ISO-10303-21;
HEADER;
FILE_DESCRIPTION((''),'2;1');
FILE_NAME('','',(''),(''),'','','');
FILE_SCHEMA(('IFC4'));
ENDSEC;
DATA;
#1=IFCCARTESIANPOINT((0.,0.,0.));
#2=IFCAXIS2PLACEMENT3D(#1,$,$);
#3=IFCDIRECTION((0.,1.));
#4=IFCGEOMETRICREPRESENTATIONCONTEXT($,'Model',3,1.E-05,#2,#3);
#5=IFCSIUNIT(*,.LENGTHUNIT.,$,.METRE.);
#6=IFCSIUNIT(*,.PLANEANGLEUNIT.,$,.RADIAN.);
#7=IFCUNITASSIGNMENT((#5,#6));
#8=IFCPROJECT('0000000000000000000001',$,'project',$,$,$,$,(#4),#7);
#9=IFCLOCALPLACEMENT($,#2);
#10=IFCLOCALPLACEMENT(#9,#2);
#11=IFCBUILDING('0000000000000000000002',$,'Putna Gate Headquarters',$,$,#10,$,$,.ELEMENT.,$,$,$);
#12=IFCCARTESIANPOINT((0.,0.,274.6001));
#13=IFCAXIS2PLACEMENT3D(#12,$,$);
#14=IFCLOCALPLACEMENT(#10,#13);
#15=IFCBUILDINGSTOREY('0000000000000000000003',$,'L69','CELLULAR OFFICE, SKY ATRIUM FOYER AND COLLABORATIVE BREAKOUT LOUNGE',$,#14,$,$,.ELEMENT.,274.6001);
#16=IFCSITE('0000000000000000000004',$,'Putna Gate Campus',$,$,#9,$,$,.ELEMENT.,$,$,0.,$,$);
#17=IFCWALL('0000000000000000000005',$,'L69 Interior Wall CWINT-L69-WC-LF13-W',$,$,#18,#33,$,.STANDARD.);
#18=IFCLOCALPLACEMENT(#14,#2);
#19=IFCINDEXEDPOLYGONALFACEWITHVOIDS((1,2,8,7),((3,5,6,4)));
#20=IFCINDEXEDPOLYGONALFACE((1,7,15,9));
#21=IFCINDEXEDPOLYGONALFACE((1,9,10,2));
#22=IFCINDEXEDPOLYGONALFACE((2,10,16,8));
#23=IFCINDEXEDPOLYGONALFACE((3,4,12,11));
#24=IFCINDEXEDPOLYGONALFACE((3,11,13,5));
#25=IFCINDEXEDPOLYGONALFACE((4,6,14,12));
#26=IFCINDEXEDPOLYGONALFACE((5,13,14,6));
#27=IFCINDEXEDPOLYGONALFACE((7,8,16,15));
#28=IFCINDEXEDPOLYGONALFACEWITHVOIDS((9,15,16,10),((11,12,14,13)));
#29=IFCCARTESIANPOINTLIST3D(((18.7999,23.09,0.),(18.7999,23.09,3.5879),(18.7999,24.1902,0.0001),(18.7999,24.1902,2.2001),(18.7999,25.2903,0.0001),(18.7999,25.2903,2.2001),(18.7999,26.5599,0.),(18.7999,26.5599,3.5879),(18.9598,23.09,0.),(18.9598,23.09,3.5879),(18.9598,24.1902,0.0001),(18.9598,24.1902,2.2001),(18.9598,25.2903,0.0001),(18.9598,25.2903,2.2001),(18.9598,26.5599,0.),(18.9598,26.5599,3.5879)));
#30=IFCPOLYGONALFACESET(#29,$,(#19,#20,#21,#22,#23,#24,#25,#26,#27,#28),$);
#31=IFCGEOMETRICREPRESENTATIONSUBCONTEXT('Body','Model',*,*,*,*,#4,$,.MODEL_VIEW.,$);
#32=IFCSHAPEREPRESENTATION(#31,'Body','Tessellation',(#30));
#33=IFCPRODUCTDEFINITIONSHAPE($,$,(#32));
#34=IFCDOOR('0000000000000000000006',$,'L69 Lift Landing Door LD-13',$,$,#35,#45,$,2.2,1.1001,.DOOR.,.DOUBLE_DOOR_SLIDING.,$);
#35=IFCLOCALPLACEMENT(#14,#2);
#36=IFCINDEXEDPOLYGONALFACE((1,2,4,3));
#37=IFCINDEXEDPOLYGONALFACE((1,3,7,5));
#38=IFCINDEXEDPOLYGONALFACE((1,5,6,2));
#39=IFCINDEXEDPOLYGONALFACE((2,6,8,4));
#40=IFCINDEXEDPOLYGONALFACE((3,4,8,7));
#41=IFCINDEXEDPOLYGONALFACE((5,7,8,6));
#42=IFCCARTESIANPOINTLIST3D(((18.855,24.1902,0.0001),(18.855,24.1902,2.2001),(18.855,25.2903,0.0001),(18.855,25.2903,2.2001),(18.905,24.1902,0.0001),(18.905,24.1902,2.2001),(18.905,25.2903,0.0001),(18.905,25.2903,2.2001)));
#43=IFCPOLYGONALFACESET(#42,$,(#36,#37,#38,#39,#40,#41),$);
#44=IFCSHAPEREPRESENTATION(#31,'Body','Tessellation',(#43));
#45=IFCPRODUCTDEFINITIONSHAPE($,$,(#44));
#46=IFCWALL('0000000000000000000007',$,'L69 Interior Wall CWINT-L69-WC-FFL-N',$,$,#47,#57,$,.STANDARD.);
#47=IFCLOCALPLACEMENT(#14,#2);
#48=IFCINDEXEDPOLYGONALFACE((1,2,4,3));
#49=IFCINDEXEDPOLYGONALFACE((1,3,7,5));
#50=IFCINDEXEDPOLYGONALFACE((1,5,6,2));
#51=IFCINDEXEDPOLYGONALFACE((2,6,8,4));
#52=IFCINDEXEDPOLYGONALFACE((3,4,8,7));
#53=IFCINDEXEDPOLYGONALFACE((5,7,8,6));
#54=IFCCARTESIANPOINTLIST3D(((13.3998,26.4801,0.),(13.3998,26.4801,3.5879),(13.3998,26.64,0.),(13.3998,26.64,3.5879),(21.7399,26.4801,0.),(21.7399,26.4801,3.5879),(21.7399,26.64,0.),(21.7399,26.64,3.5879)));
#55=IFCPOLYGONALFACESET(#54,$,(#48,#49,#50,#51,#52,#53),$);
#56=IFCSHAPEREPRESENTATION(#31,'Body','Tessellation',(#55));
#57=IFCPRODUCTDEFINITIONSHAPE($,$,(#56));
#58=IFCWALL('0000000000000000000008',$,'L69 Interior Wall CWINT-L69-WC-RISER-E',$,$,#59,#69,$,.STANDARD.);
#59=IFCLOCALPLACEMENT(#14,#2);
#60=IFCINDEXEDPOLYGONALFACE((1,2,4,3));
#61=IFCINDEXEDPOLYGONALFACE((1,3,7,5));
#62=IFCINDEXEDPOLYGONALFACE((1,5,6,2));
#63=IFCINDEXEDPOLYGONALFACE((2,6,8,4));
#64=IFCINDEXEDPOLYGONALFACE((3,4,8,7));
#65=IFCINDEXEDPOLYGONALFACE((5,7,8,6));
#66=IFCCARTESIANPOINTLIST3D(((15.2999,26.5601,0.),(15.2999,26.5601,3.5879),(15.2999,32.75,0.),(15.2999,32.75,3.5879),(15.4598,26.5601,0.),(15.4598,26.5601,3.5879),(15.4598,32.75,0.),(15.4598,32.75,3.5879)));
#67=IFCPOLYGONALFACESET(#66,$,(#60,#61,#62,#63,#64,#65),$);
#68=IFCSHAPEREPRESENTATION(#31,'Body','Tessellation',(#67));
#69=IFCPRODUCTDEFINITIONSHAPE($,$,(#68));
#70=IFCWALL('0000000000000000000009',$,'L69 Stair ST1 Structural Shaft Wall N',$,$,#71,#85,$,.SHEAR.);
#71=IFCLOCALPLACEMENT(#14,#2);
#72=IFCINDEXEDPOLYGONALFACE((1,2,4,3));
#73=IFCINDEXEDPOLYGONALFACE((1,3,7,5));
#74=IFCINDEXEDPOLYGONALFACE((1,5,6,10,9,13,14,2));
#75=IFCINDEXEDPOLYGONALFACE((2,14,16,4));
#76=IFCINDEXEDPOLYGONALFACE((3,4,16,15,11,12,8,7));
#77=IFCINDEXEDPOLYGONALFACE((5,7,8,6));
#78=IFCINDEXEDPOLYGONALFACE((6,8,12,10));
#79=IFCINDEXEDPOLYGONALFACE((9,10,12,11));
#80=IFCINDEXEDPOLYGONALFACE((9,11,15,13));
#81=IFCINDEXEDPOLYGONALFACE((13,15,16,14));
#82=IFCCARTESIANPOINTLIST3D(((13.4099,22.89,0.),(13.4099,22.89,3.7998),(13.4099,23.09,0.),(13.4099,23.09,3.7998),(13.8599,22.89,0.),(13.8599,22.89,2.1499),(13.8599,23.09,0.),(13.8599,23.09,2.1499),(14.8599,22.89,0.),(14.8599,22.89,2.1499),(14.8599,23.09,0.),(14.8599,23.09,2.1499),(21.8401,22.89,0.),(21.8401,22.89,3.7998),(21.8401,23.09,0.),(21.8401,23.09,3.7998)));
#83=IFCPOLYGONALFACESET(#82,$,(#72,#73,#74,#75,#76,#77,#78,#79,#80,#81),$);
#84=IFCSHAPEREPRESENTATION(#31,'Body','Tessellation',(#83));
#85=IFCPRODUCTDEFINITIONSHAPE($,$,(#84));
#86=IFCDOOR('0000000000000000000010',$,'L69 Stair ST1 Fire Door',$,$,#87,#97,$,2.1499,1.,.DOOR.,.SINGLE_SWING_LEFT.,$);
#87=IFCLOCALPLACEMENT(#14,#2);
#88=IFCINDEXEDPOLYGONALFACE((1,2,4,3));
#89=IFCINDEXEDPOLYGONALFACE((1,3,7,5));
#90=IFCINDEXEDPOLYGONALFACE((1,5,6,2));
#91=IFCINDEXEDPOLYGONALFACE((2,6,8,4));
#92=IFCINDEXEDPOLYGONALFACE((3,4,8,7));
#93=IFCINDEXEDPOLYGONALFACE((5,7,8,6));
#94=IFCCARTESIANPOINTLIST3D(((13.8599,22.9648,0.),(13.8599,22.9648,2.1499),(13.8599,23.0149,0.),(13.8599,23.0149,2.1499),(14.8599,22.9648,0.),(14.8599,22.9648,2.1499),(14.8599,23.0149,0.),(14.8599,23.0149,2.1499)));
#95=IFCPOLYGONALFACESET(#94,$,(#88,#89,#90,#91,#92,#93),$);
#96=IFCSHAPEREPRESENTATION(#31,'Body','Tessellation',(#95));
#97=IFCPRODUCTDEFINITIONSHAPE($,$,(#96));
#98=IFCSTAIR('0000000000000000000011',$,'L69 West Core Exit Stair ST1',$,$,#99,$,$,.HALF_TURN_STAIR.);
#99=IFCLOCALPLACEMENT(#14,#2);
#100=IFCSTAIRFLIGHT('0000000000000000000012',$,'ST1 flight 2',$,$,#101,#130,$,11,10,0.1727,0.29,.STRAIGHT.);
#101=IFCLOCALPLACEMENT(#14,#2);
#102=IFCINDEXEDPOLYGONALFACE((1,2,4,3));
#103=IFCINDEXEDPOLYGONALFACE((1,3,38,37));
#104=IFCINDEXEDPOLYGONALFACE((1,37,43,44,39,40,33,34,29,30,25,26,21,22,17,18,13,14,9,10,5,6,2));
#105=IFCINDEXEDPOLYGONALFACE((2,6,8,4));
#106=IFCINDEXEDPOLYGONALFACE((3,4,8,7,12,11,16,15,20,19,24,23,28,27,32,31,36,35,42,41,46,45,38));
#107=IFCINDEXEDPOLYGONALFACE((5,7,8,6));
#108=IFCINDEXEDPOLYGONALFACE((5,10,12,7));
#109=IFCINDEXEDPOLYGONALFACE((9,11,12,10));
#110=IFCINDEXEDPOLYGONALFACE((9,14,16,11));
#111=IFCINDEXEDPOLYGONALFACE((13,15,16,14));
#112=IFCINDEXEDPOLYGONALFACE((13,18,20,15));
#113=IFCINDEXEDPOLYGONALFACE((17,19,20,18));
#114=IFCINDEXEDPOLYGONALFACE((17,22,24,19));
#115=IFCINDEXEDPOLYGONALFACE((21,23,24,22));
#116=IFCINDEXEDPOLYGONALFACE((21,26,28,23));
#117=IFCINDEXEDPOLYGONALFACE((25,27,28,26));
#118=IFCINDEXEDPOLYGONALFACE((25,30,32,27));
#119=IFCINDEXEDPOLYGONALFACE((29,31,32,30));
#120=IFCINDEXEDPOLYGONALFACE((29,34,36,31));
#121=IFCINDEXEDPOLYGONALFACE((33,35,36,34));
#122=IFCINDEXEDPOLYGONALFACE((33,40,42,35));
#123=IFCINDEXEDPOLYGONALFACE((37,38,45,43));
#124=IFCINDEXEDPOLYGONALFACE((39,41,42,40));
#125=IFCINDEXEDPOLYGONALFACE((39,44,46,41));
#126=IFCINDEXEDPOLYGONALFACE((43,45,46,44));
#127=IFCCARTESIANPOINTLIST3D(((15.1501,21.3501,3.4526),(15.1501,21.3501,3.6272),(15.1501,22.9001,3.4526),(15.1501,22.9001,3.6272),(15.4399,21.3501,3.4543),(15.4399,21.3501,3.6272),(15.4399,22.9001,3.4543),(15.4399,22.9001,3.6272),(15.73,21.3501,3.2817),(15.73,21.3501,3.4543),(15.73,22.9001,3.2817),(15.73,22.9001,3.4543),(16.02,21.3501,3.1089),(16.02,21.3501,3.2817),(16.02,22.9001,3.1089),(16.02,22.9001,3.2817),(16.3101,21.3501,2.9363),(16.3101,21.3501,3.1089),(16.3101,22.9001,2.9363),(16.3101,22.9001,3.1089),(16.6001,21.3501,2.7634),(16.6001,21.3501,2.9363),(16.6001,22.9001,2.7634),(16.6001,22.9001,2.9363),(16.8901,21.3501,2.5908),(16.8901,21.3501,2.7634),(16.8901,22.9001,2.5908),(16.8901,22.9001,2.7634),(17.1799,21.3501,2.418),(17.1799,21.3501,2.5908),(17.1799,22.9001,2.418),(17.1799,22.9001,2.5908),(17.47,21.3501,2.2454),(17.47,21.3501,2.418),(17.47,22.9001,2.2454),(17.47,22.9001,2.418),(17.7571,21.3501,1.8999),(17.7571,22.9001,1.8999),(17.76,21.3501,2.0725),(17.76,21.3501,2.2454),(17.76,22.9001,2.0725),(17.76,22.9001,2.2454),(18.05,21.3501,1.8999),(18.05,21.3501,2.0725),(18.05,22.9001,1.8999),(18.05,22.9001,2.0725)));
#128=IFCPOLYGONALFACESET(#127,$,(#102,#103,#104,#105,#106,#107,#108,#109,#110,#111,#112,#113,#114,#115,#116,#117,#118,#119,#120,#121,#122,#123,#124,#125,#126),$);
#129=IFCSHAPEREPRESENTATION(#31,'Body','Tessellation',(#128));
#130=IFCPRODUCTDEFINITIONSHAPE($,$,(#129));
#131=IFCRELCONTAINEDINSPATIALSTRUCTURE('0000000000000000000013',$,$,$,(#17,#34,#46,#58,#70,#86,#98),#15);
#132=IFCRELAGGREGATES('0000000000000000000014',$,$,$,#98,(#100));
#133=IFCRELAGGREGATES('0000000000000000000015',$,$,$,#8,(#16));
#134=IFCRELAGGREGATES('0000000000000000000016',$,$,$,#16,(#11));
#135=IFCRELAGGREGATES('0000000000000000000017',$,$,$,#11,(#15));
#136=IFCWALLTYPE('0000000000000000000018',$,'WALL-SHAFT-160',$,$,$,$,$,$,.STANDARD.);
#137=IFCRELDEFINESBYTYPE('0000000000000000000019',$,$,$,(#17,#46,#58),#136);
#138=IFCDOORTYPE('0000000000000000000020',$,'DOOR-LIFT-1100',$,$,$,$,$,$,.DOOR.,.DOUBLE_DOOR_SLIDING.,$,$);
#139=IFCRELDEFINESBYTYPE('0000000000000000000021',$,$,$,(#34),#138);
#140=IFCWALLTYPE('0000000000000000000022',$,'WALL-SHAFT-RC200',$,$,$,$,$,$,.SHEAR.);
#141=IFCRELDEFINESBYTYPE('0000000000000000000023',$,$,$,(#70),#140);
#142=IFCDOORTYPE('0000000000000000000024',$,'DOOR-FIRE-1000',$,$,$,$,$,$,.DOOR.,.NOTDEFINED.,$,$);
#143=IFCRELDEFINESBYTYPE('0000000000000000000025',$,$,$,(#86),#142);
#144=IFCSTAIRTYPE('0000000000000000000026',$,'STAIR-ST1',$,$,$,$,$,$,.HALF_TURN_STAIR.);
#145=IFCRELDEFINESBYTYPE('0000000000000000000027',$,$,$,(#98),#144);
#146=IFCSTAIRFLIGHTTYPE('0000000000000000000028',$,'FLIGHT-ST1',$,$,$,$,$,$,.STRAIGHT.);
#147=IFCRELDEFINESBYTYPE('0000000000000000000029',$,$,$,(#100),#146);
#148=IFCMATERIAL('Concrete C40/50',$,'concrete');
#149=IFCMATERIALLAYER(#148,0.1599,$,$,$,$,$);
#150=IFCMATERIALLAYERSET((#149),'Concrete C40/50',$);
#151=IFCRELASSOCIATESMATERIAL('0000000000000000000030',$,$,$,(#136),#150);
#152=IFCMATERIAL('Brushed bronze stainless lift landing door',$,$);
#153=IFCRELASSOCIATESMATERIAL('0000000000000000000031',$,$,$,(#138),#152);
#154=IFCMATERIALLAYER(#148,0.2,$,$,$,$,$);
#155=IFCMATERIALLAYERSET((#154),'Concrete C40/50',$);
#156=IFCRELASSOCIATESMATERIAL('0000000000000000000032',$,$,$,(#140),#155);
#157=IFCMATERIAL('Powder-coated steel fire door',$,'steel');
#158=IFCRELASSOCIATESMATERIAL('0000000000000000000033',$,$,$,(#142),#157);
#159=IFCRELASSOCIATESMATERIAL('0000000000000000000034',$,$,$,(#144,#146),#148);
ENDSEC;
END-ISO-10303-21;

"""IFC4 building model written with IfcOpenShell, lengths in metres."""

from ifc_helpers import new_model, si_unit, direction, frame, frame_2d, origin, place, context, subcontext, project, spatial, polyline, rectangle, outline, extrude, material, layer, layer_set, type_object, element, fill, aggregate, save


model = new_model("IFC4")

# Units and contexts
model_context = context("Model", 3, precision=1e-05, world=origin(), true_north=direction((0.0, 1.0)))
body_context = subcontext(model_context, "Body", "Model", "MODEL_VIEW")
ifc_project = project(units=[si_unit("LENGTHUNIT", "METRE"), si_unit("PLANEANGLEUNIT", "RADIAN")], contexts=[model_context])

# Site, building, storey
site_placement = place(None, origin())
site = spatial("IfcSite", under=ifc_project, at=site_placement, Name="Putna Gate Campus", CompositionType="ELEMENT", RefElevation=0.0)
building_placement = place(site_placement, origin())
building = spatial("IfcBuilding", under=site, at=building_placement, Name="Putna Gate Headquarters", CompositionType="ELEMENT")
storey_placement = place(building_placement, frame((0.0, 0.0, 274.6001)))
storey = spatial("IfcBuildingStorey", under=building, at=storey_placement, Name="L69", Description="CELLULAR OFFICE, SKY ATRIUM FOYER AND COLLABORATIVE BREAKOUT LOUNGE", CompositionType="ELEMENT", Elevation=274.6001)

# Wall, opening, door
ifc_material_1 = material(Name="Concrete C40/50", Category="concrete")
ifc_layer_1 = layer(ifc_material_1, 0.1599)
ifc_layer_set_1 = layer_set([ifc_layer_1], Name="Concrete C40/50")
wall_type_1 = type_object("IfcWallType", Name="WALL-SHAFT-160", PredefinedType="STANDARD", material=ifc_layer_set_1)
wall_1_placement = place(storey_placement, frame((18.8799, 23.0901, 0.0), z_axis=(0.0, 0.0, 1.0), x_axis=(0.0, 1.0, 0.0)))
wall_1 = element("IfcWall", 1, at=wall_1_placement, inside=storey, type_object=wall_type_1, Name="L69 Interior Wall CWINT-L69-WC-LF13-W", PredefinedType="STANDARD", context=body_context, shape_type="SweptSolid", body=[
    extrude(rectangle(XDim=3.47, YDim=0.1599, at=frame_2d((1.7349, 0.0))), origin(), (0.0, 0.0, 1.0), 3.5879),
])
opening_1_placement = place(wall_1_placement, frame((1.1001, 0.0, 0.0)))
opening_1 = element("IfcOpeningElement", 2, at=opening_1_placement, cuts=wall_1, PredefinedType="OPENING", context=body_context, shape_type="SweptSolid", body=[
    extrude(rectangle(XDim=1.1001, YDim=2.2, at=frame_2d((0.55, 1.1001))), frame((0.0, 0.0898, 0.0), z_axis=(0.0, -1.0, 0.0), x_axis=(1.0, 0.0, 0.0)), (0.0, 0.0, 1.0), 0.1799),
])
ifc_material_2 = material(Name="Brushed bronze stainless lift landing door")
door_type_1 = type_object("IfcDoorType", Name="DOOR-LIFT-1100", OperationType="DOUBLE_DOOR_SLIDING", PredefinedType="DOOR", material=ifc_material_2)
door_1_placement = place(opening_1_placement, origin())
door_1 = element("IfcDoor", 3, at=door_1_placement, inside=storey, type_object=door_type_1, Name="L69 Lift Landing Door LD-13", OperationType="DOUBLE_DOOR_SLIDING", OverallHeight=2.2, OverallWidth=1.1001, PredefinedType="DOOR", context=body_context, shape_type="SweptSolid", body=[
    extrude(rectangle(XDim=1.1001, YDim=2.2, at=frame_2d((0.55, 1.1001))), frame((0.0, 0.0249, 0.0), z_axis=(0.0, -1.0, 0.0), x_axis=(1.0, 0.0, 0.0)), (0.0, 0.0, 1.0), 0.05),
])
fill(opening_1, door_1)

# Walls
wall_2_placement = place(storey_placement, frame((13.3999, 26.5601, 0.0), z_axis=(0.0, 0.0, 1.0), x_axis=(1.0, 0.0, 0.0)))
element("IfcWall", 4, at=wall_2_placement, inside=storey, type_object=wall_type_1, Name="L69 Interior Wall CWINT-L69-WC-FFL-N", PredefinedType="STANDARD", context=body_context, shape_type="SweptSolid", body=[
    extrude(rectangle(XDim=8.3401, YDim=0.1599, at=frame_2d((4.1699, 0.0))), origin(), (0.0, 0.0, 1.0), 3.5879),
])
wall_3_placement = place(storey_placement, frame((15.3799, 26.5601, 0.0), z_axis=(0.0, 0.0, 1.0), x_axis=(0.0, 1.0, 0.0)))
element("IfcWall", 5, at=wall_3_placement, inside=storey, type_object=wall_type_1, Name="L69 Interior Wall CWINT-L69-WC-RISER-E", PredefinedType="STANDARD", context=body_context, shape_type="SweptSolid", body=[
    extrude(rectangle(XDim=6.1899, YDim=0.1599, at=frame_2d((3.095, 0.0))), origin(), (0.0, 0.0, 1.0), 3.5879),
])

# Wall, opening, door
ifc_layer_2 = layer(ifc_material_1, 0.2)
ifc_layer_set_2 = layer_set([ifc_layer_2], Name="Concrete C40/50")
wall_type_2 = type_object("IfcWallType", Name="WALL-SHAFT-RC200", PredefinedType="SHEAR", material=ifc_layer_set_2)
wall_4_placement = place(storey_placement, frame((13.4099, 22.99, 0.0), z_axis=(0.0, 0.0, 1.0), x_axis=(1.0, 0.0, 0.0)))
wall_4 = element("IfcWall", 6, at=wall_4_placement, inside=storey, type_object=wall_type_2, Name="L69 Stair ST1 Structural Shaft Wall N", PredefinedType="SHEAR", context=body_context, shape_type="SweptSolid", body=[
    extrude(rectangle(XDim=8.4302, YDim=0.2, at=frame_2d((4.2151, 0.0))), origin(), (0.0, 0.0, 1.0), 3.7998),
])
opening_2_placement = place(wall_4_placement, frame((0.45, 0.0, 0.0)))
opening_2 = element("IfcOpeningElement", 7, at=opening_2_placement, cuts=wall_4, PredefinedType="OPENING", context=body_context, shape_type="SweptSolid", body=[
    extrude(rectangle(XDim=1.0, YDim=2.1499, at=frame_2d((0.5, 1.075))), frame((0.0, 0.1099, 0.0), z_axis=(0.0, -1.0, 0.0), x_axis=(1.0, 0.0, 0.0)), (0.0, 0.0, 1.0), 0.22),
])
ifc_material_3 = material(Name="Powder-coated steel fire door", Category="steel")
door_type_2 = type_object("IfcDoorType", Name="DOOR-FIRE-1000", OperationType="NOTDEFINED", PredefinedType="DOOR", material=ifc_material_3)
door_2_placement = place(opening_2_placement, origin())
door_2 = element("IfcDoor", 8, at=door_2_placement, inside=storey, type_object=door_type_2, Name="L69 Stair ST1 Fire Door", OperationType="SINGLE_SWING_LEFT", OverallHeight=2.1499, OverallWidth=1.0, PredefinedType="DOOR", context=body_context, shape_type="SweptSolid", body=[
    extrude(rectangle(XDim=1.0, YDim=2.1499, at=frame_2d((0.5, 1.075))), frame((0.0, 0.0249, 0.0), z_axis=(0.0, -1.0, 0.0), x_axis=(1.0, 0.0, 0.0)), (0.0, 0.0, 1.0), 0.05),
])
fill(opening_2, door_2)

# Stair, stair flight
stair_type = type_object("IfcStairType", Name="STAIR-ST1", PredefinedType="HALF_TURN_STAIR", material=ifc_material_1)
stair_placement = place(storey_placement, origin())
stair = element("IfcStair", 9, at=stair_placement, inside=storey, type_object=stair_type, Name="L69 West Core Exit Stair ST1", PredefinedType="HALF_TURN_STAIR")
stair_flight_type = type_object("IfcStairFlightType", Name="FLIGHT-ST1", PredefinedType="STRAIGHT", material=ifc_material_1)
stair_flight_placement = place(storey_placement, frame((18.05, 22.125, 1.8999), z_axis=(0.0, 0.0, 1.0), x_axis=(-1.0, 0.0, 0.0)))
stair_flight = element("IfcStairFlight", 10, at=stair_flight_placement, type_object=stair_flight_type, Name="ST1 flight 2", NumberOfRisers=11, NumberOfTreads=10, PredefinedType="STRAIGHT", RiserHeight=0.1727, TreadLength=0.29, context=body_context, shape_type="SweptSolid", body=[
    extrude(outline(polyline([(0.0, 0.0), (0.0, 0.1726), (0.29, 0.1726), (0.29, 0.3455), (0.5801, 0.3455), (0.5801, 0.5181), (0.8701, 0.5181), (0.8701, 0.6909), (1.1599, 0.6909), (1.1599, 0.8635), (1.45, 0.8635), (1.45, 1.0364), (1.74, 1.0364), (1.74, 1.209), (2.03, 1.209), (2.03, 1.3818), (2.3201, 1.3818), (2.3201, 1.5544), (2.6101, 1.5544), (2.6101, 1.7273), (2.8999, 1.7273), (2.8999, 1.8999), (2.8999, 1.5527), (0.293, 0.0), (0.0, 0.0)])), frame((0.0, 0.7749, 0.0), z_axis=(0.0, -1.0, 0.0), x_axis=(1.0, 0.0, 0.0)), (0.0, 0.0, 1.0), 1.55),
])
aggregate(stair, [stair_flight])

save(model, "model.ifc")
